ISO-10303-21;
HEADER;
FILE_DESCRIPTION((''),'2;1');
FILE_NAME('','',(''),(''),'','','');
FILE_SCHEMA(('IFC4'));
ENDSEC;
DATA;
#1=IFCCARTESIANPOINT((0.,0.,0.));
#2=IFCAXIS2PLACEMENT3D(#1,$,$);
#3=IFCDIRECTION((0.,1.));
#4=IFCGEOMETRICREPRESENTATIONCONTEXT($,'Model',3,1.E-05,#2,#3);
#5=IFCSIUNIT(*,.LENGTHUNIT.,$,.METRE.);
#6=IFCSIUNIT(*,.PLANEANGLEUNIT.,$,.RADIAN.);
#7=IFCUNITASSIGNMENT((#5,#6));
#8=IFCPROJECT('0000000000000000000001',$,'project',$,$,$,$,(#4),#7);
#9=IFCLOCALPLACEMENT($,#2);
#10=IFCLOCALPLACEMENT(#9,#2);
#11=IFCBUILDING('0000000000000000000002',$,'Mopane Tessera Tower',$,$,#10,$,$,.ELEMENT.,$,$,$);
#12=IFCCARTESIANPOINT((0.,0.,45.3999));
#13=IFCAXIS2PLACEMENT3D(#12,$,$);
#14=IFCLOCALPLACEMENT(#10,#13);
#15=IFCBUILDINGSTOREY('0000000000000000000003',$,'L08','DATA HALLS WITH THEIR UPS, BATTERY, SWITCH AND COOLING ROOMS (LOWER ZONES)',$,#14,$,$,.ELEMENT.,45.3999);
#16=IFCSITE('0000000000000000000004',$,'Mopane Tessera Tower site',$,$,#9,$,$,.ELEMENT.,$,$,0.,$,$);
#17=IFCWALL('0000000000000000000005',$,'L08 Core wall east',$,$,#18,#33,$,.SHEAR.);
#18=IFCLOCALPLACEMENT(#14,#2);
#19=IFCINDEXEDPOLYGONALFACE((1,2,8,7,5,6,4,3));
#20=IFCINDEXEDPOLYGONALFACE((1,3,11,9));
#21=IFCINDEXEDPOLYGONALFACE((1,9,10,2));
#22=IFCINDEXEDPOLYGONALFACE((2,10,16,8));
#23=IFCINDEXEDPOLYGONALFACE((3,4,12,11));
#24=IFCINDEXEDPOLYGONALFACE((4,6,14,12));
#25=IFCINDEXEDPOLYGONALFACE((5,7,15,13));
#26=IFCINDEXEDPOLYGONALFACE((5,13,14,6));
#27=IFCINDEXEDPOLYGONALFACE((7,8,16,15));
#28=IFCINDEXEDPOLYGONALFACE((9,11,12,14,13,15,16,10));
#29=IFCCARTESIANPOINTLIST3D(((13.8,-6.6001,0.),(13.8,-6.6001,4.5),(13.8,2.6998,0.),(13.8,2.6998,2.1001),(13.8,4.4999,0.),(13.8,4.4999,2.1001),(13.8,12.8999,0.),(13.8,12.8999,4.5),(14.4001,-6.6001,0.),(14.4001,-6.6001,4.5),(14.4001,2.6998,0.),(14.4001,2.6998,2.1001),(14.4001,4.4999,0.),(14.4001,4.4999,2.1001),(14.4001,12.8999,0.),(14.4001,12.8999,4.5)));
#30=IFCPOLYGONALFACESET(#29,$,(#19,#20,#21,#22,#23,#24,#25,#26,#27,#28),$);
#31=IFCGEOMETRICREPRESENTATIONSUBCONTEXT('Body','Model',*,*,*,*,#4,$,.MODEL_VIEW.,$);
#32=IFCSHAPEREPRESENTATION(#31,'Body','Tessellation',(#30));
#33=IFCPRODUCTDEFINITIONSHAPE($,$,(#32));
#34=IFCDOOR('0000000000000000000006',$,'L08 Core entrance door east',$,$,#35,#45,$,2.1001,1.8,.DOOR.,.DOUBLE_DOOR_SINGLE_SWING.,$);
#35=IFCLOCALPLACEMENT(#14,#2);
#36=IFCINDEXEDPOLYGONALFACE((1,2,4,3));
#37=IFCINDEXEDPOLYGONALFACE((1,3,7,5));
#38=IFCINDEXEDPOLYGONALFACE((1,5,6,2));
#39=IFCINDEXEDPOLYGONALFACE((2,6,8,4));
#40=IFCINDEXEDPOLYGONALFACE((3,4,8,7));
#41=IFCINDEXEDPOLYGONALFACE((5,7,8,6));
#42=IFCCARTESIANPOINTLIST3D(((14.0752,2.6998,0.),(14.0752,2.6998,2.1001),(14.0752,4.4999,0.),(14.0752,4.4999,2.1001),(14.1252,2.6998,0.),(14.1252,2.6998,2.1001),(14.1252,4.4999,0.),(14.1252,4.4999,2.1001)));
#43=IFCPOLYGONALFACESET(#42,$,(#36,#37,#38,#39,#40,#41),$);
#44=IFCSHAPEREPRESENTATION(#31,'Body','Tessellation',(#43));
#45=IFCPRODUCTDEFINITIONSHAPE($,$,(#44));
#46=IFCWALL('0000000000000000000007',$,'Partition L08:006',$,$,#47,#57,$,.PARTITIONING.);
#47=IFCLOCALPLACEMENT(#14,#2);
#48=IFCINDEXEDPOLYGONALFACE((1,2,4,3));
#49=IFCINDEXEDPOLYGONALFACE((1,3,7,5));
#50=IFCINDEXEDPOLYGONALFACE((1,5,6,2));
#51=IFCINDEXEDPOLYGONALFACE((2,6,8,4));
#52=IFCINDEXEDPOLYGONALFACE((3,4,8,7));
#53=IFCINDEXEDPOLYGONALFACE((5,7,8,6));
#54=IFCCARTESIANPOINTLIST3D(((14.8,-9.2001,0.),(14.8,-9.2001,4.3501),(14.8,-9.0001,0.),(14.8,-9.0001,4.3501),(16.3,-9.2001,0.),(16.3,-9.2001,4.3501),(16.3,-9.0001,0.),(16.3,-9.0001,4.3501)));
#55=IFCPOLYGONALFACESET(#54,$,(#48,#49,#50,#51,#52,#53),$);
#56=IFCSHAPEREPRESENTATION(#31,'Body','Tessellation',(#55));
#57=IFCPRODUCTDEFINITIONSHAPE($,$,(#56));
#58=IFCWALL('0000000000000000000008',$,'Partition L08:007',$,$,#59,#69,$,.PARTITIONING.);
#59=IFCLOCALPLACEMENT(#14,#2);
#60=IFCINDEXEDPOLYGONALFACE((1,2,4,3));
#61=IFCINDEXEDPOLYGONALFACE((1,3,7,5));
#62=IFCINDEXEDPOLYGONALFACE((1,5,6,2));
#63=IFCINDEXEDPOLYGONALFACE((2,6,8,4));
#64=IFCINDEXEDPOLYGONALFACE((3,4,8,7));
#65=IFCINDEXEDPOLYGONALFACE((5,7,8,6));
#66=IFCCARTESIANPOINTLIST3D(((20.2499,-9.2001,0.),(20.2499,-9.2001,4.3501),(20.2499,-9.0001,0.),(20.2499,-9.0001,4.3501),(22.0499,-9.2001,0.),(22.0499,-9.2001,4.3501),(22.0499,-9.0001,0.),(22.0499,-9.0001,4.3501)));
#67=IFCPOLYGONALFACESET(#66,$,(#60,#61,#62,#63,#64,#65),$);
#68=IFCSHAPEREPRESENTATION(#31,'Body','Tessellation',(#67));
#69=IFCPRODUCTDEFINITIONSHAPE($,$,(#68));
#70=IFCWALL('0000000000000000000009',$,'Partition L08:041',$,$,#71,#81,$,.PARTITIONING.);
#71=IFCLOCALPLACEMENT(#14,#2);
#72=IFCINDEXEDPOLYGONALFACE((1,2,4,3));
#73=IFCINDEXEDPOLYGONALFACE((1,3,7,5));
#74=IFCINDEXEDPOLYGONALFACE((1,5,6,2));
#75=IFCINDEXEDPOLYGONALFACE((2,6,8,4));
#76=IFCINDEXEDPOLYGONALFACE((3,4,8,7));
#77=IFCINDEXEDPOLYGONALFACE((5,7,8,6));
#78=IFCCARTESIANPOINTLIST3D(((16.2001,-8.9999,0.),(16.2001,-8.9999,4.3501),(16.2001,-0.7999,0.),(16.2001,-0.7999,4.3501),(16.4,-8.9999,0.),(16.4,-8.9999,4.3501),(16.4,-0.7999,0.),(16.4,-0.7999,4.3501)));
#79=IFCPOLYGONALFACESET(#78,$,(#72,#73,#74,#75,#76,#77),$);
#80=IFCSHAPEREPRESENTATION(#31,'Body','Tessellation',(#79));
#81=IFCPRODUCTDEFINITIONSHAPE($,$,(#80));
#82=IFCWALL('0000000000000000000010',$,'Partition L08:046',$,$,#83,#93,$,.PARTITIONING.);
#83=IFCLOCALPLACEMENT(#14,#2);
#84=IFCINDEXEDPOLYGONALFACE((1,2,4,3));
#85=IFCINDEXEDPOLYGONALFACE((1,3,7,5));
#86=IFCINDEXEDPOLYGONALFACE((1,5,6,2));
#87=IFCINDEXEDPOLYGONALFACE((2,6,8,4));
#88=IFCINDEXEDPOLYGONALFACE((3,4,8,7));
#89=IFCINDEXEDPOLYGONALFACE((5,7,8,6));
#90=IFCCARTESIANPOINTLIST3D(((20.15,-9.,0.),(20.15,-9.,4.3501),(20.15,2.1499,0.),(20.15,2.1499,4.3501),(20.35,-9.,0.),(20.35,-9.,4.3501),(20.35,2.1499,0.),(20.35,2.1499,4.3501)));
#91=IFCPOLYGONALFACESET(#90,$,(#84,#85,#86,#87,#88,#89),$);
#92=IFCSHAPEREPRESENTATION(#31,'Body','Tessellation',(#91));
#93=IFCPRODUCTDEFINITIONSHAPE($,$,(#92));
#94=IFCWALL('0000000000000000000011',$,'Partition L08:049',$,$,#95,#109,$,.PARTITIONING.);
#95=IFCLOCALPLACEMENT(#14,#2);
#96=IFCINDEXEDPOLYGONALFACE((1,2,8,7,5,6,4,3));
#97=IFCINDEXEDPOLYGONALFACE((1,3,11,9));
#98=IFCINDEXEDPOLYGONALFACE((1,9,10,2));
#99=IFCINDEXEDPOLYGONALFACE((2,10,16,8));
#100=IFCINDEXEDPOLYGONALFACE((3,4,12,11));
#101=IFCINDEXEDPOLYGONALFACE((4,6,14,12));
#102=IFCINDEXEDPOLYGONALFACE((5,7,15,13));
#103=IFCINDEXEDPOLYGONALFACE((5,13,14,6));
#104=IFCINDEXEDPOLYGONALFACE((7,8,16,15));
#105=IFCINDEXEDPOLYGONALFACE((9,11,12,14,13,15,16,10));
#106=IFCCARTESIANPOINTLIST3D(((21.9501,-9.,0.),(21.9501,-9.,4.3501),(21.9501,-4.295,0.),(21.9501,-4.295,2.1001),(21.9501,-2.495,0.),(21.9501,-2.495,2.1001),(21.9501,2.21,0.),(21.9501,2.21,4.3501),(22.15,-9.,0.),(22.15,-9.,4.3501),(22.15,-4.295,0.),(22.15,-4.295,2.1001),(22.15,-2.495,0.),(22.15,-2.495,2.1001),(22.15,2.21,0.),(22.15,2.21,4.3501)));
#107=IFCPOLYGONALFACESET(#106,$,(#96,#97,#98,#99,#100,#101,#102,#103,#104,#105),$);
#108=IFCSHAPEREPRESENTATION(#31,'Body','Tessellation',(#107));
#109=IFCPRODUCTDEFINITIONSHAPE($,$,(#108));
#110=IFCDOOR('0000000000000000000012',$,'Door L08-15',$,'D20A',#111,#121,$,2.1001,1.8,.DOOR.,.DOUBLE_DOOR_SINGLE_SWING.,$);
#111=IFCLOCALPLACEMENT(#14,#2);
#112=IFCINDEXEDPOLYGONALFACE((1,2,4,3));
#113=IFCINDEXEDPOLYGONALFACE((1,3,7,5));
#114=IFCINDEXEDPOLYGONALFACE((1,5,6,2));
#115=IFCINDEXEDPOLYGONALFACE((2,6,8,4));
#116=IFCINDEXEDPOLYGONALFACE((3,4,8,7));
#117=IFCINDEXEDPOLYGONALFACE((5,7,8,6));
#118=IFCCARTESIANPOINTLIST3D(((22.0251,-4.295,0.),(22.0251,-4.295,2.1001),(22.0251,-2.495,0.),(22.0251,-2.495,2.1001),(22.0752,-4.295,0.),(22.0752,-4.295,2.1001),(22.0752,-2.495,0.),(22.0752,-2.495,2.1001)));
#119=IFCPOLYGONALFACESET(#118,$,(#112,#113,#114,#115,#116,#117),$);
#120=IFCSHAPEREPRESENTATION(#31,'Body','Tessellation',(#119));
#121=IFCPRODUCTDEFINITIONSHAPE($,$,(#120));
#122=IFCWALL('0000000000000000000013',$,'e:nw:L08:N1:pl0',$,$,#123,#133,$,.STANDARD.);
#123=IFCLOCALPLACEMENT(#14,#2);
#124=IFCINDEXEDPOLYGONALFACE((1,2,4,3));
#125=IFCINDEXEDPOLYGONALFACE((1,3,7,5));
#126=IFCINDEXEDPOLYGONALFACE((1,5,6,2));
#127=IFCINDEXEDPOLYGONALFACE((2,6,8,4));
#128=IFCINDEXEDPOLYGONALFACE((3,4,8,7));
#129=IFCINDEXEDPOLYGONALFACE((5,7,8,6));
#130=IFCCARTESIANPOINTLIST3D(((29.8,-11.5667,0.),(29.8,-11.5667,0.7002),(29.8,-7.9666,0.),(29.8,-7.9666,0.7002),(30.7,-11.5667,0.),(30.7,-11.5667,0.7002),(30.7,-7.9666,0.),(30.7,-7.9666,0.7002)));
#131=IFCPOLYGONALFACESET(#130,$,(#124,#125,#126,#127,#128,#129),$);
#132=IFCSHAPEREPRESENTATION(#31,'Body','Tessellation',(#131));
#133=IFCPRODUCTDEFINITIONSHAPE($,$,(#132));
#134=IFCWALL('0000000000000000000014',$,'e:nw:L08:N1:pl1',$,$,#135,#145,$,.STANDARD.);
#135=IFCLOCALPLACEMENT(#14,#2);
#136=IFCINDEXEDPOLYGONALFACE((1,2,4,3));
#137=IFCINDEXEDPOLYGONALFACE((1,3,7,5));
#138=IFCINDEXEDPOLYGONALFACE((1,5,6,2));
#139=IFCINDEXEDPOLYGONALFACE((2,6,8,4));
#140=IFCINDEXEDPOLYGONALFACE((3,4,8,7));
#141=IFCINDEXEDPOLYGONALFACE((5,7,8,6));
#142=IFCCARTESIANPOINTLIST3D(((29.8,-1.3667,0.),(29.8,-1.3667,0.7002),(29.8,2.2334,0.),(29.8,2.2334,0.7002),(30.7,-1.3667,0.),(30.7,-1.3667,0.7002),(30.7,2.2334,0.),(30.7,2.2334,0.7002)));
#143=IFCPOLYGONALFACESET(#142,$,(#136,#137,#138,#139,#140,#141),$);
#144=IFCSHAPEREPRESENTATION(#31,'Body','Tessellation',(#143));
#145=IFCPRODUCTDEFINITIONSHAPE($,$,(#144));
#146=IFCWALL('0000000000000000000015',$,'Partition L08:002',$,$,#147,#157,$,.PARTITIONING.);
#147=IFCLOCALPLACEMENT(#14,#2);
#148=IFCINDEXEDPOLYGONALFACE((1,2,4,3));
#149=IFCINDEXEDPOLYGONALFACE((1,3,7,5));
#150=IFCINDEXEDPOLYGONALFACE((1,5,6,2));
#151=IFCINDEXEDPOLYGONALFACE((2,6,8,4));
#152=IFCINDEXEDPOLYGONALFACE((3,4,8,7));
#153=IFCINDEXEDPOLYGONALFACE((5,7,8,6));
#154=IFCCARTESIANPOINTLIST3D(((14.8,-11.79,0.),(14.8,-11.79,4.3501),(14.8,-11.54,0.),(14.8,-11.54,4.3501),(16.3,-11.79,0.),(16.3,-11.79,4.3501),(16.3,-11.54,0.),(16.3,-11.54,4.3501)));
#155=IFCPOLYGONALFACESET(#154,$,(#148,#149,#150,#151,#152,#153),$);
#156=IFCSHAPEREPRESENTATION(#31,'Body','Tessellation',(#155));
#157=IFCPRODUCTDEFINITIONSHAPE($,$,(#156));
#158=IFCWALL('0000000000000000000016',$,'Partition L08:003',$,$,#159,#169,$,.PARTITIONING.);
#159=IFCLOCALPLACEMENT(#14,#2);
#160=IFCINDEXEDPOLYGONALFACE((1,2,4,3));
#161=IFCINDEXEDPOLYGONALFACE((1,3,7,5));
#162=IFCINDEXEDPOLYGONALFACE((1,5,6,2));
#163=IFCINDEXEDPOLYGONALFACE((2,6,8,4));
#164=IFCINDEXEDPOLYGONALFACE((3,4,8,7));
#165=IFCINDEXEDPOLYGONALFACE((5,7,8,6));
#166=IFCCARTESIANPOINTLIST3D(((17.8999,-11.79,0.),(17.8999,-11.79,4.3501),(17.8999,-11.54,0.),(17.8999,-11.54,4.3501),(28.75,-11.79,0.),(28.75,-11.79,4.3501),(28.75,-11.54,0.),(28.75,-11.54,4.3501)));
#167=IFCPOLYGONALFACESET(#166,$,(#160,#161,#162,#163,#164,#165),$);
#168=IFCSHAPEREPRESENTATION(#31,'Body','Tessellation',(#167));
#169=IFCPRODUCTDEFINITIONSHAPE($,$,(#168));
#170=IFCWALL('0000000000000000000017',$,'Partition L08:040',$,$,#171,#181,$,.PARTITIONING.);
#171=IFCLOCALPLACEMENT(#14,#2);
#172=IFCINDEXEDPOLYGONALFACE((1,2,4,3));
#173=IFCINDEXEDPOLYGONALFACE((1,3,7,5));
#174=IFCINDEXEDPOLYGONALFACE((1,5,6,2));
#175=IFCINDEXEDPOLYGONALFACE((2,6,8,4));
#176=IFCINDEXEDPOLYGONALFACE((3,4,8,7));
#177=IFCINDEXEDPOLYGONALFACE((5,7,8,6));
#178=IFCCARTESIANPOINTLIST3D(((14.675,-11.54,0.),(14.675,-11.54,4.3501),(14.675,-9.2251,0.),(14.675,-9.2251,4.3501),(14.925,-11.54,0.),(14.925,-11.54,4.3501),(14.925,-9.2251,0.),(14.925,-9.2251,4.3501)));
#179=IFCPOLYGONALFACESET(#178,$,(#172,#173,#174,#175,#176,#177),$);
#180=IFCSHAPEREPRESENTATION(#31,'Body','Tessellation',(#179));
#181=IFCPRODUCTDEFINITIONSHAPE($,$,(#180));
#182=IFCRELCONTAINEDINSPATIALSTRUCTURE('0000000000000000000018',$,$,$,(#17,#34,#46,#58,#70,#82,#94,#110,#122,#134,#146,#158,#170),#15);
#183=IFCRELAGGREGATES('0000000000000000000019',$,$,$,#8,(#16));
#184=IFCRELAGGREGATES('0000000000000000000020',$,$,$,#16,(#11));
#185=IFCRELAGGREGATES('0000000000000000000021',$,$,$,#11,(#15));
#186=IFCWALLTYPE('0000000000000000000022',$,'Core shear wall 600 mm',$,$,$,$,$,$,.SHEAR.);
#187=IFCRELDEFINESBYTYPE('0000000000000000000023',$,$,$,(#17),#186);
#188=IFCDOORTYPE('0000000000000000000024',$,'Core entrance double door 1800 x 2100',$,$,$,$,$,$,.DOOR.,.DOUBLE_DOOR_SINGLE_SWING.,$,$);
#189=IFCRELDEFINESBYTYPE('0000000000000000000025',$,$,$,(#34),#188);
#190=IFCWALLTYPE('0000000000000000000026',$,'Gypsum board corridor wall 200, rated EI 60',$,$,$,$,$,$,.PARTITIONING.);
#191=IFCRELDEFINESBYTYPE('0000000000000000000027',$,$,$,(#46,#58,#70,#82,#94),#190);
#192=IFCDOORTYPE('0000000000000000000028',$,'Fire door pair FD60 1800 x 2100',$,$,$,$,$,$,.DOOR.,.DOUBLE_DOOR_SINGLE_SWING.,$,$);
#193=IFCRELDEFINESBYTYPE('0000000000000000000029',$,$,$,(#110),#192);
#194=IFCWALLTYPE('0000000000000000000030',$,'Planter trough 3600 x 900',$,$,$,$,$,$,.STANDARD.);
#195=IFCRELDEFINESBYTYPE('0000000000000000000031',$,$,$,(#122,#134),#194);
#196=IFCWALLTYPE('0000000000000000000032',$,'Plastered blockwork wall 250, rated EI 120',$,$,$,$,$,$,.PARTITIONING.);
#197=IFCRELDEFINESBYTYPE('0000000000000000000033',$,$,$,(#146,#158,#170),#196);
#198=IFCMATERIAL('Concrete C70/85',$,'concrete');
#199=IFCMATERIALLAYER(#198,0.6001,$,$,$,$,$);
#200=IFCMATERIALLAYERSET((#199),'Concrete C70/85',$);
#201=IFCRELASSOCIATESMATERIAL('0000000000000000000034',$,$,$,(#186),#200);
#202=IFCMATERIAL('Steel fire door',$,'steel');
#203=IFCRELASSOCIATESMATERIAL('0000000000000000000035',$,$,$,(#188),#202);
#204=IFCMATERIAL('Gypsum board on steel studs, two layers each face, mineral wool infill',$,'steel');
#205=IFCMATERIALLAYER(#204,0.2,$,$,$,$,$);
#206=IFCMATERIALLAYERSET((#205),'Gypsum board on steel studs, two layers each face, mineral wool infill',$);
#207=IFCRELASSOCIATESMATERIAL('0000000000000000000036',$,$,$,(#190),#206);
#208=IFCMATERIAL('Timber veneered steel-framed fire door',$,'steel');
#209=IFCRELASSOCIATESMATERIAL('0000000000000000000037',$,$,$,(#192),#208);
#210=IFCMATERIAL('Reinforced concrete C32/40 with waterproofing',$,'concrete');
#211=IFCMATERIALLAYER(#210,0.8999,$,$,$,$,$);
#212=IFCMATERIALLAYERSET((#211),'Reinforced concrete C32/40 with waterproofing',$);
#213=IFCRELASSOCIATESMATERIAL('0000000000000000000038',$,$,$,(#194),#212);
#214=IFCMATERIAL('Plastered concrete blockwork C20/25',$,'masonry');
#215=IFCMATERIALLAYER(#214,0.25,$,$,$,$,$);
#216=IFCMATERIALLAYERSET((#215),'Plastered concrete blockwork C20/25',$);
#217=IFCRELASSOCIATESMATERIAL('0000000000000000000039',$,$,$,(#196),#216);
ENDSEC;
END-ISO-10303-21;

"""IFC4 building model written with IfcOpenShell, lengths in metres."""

from ifc_helpers import new_model, si_unit, direction, frame, frame_2d, origin, place, context, subcontext, project, spatial, rectangle, extrude, material, layer, layer_set, type_object, element, fill, save


model = new_model("IFC4")

# Units and contexts
model_context = context("Model", 3, precision=1e-05, world=origin(), true_north=direction((0.0, 1.0)))
body_context = subcontext(model_context, "Body", "Model", "MODEL_VIEW")
ifc_project = project(units=[si_unit("LENGTHUNIT", "METRE"), si_unit("PLANEANGLEUNIT", "RADIAN")], contexts=[model_context])

# Site, building, storey
site_placement = place(None, origin())
site = spatial("IfcSite", under=ifc_project, at=site_placement, Name="Mopane Tessera Tower site", CompositionType="ELEMENT", RefElevation=0.0)
building_placement = place(site_placement, origin())
building = spatial("IfcBuilding", under=site, at=building_placement, Name="Mopane Tessera Tower", CompositionType="ELEMENT")
storey_placement = place(building_placement, frame((0.0, 0.0, 45.3999)))
storey = spatial("IfcBuildingStorey", under=building, at=storey_placement, Name="L08", Description="DATA HALLS WITH THEIR UPS, BATTERY, SWITCH AND COOLING ROOMS (LOWER ZONES)", CompositionType="ELEMENT", Elevation=45.3999)

# Wall, opening, door
ifc_material_1 = material(Name="Concrete C70/85", Category="concrete")
ifc_layer_1 = layer(ifc_material_1, 0.6001)
ifc_layer_set_1 = layer_set([ifc_layer_1], Name="Concrete C70/85")
wall_type_1 = type_object("IfcWallType", Name="Core shear wall 600 mm", PredefinedType="SHEAR", material=ifc_layer_set_1)
wall_1_placement = place(storey_placement, frame((14.1001, -6.6001, 0.0), z_axis=(0.0, 0.0, 1.0), x_axis=(0.0, 1.0, 0.0)))
wall_1 = element("IfcWall", 1, at=wall_1_placement, inside=storey, type_object=wall_type_1, Name="L08 Core wall east", PredefinedType="SHEAR", context=body_context, shape_type="SweptSolid", body=[
    extrude(rectangle(XDim=19.5, YDim=0.6001, at=frame_2d((9.75, 0.0))), origin(), (0.0, 0.0, 1.0), 4.5),
])
opening_1_placement = place(wall_1_placement, frame((9.3, 0.0, 0.0)))
opening_1 = element("IfcOpeningElement", 2, at=opening_1_placement, cuts=wall_1, PredefinedType="OPENING", context=body_context, shape_type="SweptSolid", body=[
    extrude(rectangle(XDim=1.8, YDim=2.1001, at=frame_2d((0.8999, 1.05))), frame((0.0, 0.312, 0.0), z_axis=(0.0, -1.0, 0.0), x_axis=(1.0, 0.0, 0.0)), (0.0, 0.0, 1.0), 0.624),
])
ifc_material_2 = material(Name="Steel fire door", Category="steel")
door_type_1 = type_object("IfcDoorType", Name="Core entrance double door 1800 x 2100", OperationType="DOUBLE_DOOR_SINGLE_SWING", PredefinedType="DOOR", material=ifc_material_2)
door_1_placement = place(opening_1_placement, origin())
door_1 = element("IfcDoor", 3, at=door_1_placement, inside=storey, type_object=door_type_1, Name="L08 Core entrance door east", OperationType="DOUBLE_DOOR_SINGLE_SWING", OverallHeight=2.1001, OverallWidth=1.8, PredefinedType="DOOR", context=body_context, shape_type="SweptSolid", body=[
    extrude(rectangle(XDim=1.8, YDim=2.1001, at=frame_2d((0.8999, 1.05))), frame((0.0, 0.0249, 0.0), z_axis=(0.0, -1.0, 0.0), x_axis=(1.0, 0.0, 0.0)), (0.0, 0.0, 1.0), 0.05),
])
fill(opening_1, door_1)

# Walls
ifc_material_3 = material(Name="Gypsum board on steel studs, two layers each face, mineral wool infill", Category="steel")
ifc_layer_2 = layer(ifc_material_3, 0.2)
ifc_layer_set_2 = layer_set([ifc_layer_2], Name="Gypsum board on steel studs, two layers each face, mineral wool infill")
wall_type_2 = type_object("IfcWallType", Name="Gypsum board corridor wall 200, rated EI 60", PredefinedType="PARTITIONING", material=ifc_layer_set_2)
wall_2_placement = place(storey_placement, frame((14.8, -9.1001, 0.0), z_axis=(0.0, 0.0, 1.0), x_axis=(1.0, 0.0, 0.0)))
element("IfcWall", 4, at=wall_2_placement, inside=storey, type_object=wall_type_2, Name="Partition L08:006", PredefinedType="PARTITIONING", context=body_context, shape_type="SweptSolid", body=[
    extrude(rectangle(XDim=1.5, YDim=0.2, at=frame_2d((0.75, 0.0))), origin(), (0.0, 0.0, 1.0), 4.3501),
])
wall_3_placement = place(storey_placement, frame((20.25, -9.1001, 0.0), z_axis=(0.0, 0.0, 1.0), x_axis=(1.0, 0.0, 0.0)))
element("IfcWall", 5, at=wall_3_placement, inside=storey, type_object=wall_type_2, Name="Partition L08:007", PredefinedType="PARTITIONING", context=body_context, shape_type="SweptSolid", body=[
    extrude(rectangle(XDim=1.8, YDim=0.2, at=frame_2d((0.8999, 0.0))), origin(), (0.0, 0.0, 1.0), 4.3501),
])
wall_4_placement = place(storey_placement, frame((16.3, -9.0, 0.0), z_axis=(0.0, 0.0, 1.0), x_axis=(0.0, 1.0, 0.0)))
element("IfcWall", 6, at=wall_4_placement, inside=storey, type_object=wall_type_2, Name="Partition L08:041", PredefinedType="PARTITIONING", context=body_context, shape_type="SweptSolid", body=[
    extrude(rectangle(XDim=8.2, YDim=0.2, at=frame_2d((4.1001, 0.0))), origin(), (0.0, 0.0, 1.0), 4.3501),
])
wall_5_placement = place(storey_placement, frame((20.25, -9.0, 0.0), z_axis=(0.0, 0.0, 1.0), x_axis=(0.0, 1.0, 0.0)))
element("IfcWall", 7, at=wall_5_placement, inside=storey, type_object=wall_type_2, Name="Partition L08:046", PredefinedType="PARTITIONING", context=body_context, shape_type="SweptSolid", body=[
    extrude(rectangle(XDim=11.1499, YDim=0.2, at=frame_2d((5.575, 0.0))), origin(), (0.0, 0.0, 1.0), 4.3501),
])

# Wall, opening, door
wall_6_placement = place(storey_placement, frame((22.05, -9.0, 0.0), z_axis=(0.0, 0.0, 1.0), x_axis=(0.0, 1.0, 0.0)))
wall_6 = element("IfcWall", 8, at=wall_6_placement, inside=storey, type_object=wall_type_2, Name="Partition L08:049", PredefinedType="PARTITIONING", context=body_context, shape_type="SweptSolid", body=[
    extrude(rectangle(XDim=11.21, YDim=0.2, at=frame_2d((5.605, 0.0))), origin(), (0.0, 0.0, 1.0), 4.3501),
])
opening_2_placement = place(wall_6_placement, frame((4.7051, 0.0, 0.0)))
opening_2 = element("IfcOpeningElement", 9, at=opening_2_placement, cuts=wall_6, PredefinedType="OPENING", context=body_context, shape_type="SweptSolid", body=[
    extrude(rectangle(XDim=1.8, YDim=2.1001, at=frame_2d((0.8999, 1.05))), frame((0.0, 0.1121, 0.0), z_axis=(0.0, -1.0, 0.0), x_axis=(1.0, 0.0, 0.0)), (0.0, 0.0, 1.0), 0.2239),
])
ifc_material_4 = material(Name="Timber veneered steel-framed fire door", Category="steel")
door_type_2 = type_object("IfcDoorType", Name="Fire door pair FD60 1800 x 2100", OperationType="DOUBLE_DOOR_SINGLE_SWING", PredefinedType="DOOR", material=ifc_material_4)
door_2_placement = place(opening_2_placement, origin())
door_2 = element("IfcDoor", 10, at=door_2_placement, inside=storey, type_object=door_type_2, Name="Door L08-15", ObjectType="D20A", OperationType="DOUBLE_DOOR_SINGLE_SWING", OverallHeight=2.1001, OverallWidth=1.8, PredefinedType="DOOR", context=body_context, shape_type="SweptSolid", body=[
    extrude(rectangle(XDim=1.8, YDim=2.1001, at=frame_2d((0.8999, 1.05))), frame((0.0, 0.0249, 0.0), z_axis=(0.0, -1.0, 0.0), x_axis=(1.0, 0.0, 0.0)), (0.0, 0.0, 1.0), 0.05),
])
fill(opening_2, door_2)

# Walls
ifc_material_5 = material(Name="Reinforced concrete C32/40 with waterproofing", Category="concrete")
ifc_layer_3 = layer(ifc_material_5, 0.8999)
ifc_layer_set_3 = layer_set([ifc_layer_3], Name="Reinforced concrete C32/40 with waterproofing")
wall_type_3 = type_object("IfcWallType", Name="Planter trough 3600 x 900", PredefinedType="STANDARD", material=ifc_layer_set_3)
for number, where, z_axis, x_axis, name in (
    (11, (30.25, -11.5667, 0.0), (0.0, 0.0, 1.0), (0.0, 1.0, 0.0), "e:nw:L08:N1:pl0"),
    (12, (30.25, -1.3667, 0.0), (0.0, 0.0, 1.0), (0.0, 1.0, 0.0), "e:nw:L08:N1:pl1"),
):
    element("IfcWall", number, at=place(storey_placement, frame(where, z_axis=z_axis, x_axis=x_axis)), inside=storey, type_object=wall_type_3, Name=name, PredefinedType="STANDARD", context=body_context, shape_type="SweptSolid", body=[
        extrude(rectangle(XDim=3.6001, YDim=0.8999, at=frame_2d((1.8, 0.0))), origin(), (0.0, 0.0, 1.0), 0.7002),
    ])
ifc_material_6 = material(Name="Plastered concrete blockwork C20/25", Category="masonry")
ifc_layer_4 = layer(ifc_material_6, 0.25)
ifc_layer_set_4 = layer_set([ifc_layer_4], Name="Plastered concrete blockwork C20/25")
wall_type_4 = type_object("IfcWallType", Name="Plastered blockwork wall 250, rated EI 120", PredefinedType="PARTITIONING", material=ifc_layer_set_4)
wall_7_placement = place(storey_placement, frame((14.8, -11.665, 0.0), z_axis=(0.0, 0.0, 1.0), x_axis=(1.0, 0.0, 0.0)))
element("IfcWall", 13, at=wall_7_placement, inside=storey, type_object=wall_type_4, Name="Partition L08:002", PredefinedType="PARTITIONING", context=body_context, shape_type="SweptSolid", body=[
    extrude(rectangle(XDim=1.5, YDim=0.25, at=frame_2d((0.75, 0.0))), origin(), (0.0, 0.0, 1.0), 4.3501),
])
wall_8_placement = place(storey_placement, frame((17.8999, -11.665, 0.0), z_axis=(0.0, 0.0, 1.0), x_axis=(1.0, 0.0, 0.0)))
element("IfcWall", 14, at=wall_8_placement, inside=storey, type_object=wall_type_4, Name="Partition L08:003", PredefinedType="PARTITIONING", context=body_context, shape_type="SweptSolid", body=[
    extrude(rectangle(XDim=10.8501, YDim=0.25, at=frame_2d((5.425, 0.0))), origin(), (0.0, 0.0, 1.0), 4.3501),
])
wall_9_placement = place(storey_placement, frame((14.8, -11.54, 0.0), z_axis=(0.0, 0.0, 1.0), x_axis=(0.0, 1.0, 0.0)))
element("IfcWall", 15, at=wall_9_placement, inside=storey, type_object=wall_type_4, Name="Partition L08:040", PredefinedType="PARTITIONING", context=body_context, shape_type="SweptSolid", body=[
    extrude(rectangle(XDim=2.3149, YDim=0.25, at=frame_2d((1.1575, 0.0))), origin(), (0.0, 0.0, 1.0), 4.3501),
])

save(model, "model.ifc")
